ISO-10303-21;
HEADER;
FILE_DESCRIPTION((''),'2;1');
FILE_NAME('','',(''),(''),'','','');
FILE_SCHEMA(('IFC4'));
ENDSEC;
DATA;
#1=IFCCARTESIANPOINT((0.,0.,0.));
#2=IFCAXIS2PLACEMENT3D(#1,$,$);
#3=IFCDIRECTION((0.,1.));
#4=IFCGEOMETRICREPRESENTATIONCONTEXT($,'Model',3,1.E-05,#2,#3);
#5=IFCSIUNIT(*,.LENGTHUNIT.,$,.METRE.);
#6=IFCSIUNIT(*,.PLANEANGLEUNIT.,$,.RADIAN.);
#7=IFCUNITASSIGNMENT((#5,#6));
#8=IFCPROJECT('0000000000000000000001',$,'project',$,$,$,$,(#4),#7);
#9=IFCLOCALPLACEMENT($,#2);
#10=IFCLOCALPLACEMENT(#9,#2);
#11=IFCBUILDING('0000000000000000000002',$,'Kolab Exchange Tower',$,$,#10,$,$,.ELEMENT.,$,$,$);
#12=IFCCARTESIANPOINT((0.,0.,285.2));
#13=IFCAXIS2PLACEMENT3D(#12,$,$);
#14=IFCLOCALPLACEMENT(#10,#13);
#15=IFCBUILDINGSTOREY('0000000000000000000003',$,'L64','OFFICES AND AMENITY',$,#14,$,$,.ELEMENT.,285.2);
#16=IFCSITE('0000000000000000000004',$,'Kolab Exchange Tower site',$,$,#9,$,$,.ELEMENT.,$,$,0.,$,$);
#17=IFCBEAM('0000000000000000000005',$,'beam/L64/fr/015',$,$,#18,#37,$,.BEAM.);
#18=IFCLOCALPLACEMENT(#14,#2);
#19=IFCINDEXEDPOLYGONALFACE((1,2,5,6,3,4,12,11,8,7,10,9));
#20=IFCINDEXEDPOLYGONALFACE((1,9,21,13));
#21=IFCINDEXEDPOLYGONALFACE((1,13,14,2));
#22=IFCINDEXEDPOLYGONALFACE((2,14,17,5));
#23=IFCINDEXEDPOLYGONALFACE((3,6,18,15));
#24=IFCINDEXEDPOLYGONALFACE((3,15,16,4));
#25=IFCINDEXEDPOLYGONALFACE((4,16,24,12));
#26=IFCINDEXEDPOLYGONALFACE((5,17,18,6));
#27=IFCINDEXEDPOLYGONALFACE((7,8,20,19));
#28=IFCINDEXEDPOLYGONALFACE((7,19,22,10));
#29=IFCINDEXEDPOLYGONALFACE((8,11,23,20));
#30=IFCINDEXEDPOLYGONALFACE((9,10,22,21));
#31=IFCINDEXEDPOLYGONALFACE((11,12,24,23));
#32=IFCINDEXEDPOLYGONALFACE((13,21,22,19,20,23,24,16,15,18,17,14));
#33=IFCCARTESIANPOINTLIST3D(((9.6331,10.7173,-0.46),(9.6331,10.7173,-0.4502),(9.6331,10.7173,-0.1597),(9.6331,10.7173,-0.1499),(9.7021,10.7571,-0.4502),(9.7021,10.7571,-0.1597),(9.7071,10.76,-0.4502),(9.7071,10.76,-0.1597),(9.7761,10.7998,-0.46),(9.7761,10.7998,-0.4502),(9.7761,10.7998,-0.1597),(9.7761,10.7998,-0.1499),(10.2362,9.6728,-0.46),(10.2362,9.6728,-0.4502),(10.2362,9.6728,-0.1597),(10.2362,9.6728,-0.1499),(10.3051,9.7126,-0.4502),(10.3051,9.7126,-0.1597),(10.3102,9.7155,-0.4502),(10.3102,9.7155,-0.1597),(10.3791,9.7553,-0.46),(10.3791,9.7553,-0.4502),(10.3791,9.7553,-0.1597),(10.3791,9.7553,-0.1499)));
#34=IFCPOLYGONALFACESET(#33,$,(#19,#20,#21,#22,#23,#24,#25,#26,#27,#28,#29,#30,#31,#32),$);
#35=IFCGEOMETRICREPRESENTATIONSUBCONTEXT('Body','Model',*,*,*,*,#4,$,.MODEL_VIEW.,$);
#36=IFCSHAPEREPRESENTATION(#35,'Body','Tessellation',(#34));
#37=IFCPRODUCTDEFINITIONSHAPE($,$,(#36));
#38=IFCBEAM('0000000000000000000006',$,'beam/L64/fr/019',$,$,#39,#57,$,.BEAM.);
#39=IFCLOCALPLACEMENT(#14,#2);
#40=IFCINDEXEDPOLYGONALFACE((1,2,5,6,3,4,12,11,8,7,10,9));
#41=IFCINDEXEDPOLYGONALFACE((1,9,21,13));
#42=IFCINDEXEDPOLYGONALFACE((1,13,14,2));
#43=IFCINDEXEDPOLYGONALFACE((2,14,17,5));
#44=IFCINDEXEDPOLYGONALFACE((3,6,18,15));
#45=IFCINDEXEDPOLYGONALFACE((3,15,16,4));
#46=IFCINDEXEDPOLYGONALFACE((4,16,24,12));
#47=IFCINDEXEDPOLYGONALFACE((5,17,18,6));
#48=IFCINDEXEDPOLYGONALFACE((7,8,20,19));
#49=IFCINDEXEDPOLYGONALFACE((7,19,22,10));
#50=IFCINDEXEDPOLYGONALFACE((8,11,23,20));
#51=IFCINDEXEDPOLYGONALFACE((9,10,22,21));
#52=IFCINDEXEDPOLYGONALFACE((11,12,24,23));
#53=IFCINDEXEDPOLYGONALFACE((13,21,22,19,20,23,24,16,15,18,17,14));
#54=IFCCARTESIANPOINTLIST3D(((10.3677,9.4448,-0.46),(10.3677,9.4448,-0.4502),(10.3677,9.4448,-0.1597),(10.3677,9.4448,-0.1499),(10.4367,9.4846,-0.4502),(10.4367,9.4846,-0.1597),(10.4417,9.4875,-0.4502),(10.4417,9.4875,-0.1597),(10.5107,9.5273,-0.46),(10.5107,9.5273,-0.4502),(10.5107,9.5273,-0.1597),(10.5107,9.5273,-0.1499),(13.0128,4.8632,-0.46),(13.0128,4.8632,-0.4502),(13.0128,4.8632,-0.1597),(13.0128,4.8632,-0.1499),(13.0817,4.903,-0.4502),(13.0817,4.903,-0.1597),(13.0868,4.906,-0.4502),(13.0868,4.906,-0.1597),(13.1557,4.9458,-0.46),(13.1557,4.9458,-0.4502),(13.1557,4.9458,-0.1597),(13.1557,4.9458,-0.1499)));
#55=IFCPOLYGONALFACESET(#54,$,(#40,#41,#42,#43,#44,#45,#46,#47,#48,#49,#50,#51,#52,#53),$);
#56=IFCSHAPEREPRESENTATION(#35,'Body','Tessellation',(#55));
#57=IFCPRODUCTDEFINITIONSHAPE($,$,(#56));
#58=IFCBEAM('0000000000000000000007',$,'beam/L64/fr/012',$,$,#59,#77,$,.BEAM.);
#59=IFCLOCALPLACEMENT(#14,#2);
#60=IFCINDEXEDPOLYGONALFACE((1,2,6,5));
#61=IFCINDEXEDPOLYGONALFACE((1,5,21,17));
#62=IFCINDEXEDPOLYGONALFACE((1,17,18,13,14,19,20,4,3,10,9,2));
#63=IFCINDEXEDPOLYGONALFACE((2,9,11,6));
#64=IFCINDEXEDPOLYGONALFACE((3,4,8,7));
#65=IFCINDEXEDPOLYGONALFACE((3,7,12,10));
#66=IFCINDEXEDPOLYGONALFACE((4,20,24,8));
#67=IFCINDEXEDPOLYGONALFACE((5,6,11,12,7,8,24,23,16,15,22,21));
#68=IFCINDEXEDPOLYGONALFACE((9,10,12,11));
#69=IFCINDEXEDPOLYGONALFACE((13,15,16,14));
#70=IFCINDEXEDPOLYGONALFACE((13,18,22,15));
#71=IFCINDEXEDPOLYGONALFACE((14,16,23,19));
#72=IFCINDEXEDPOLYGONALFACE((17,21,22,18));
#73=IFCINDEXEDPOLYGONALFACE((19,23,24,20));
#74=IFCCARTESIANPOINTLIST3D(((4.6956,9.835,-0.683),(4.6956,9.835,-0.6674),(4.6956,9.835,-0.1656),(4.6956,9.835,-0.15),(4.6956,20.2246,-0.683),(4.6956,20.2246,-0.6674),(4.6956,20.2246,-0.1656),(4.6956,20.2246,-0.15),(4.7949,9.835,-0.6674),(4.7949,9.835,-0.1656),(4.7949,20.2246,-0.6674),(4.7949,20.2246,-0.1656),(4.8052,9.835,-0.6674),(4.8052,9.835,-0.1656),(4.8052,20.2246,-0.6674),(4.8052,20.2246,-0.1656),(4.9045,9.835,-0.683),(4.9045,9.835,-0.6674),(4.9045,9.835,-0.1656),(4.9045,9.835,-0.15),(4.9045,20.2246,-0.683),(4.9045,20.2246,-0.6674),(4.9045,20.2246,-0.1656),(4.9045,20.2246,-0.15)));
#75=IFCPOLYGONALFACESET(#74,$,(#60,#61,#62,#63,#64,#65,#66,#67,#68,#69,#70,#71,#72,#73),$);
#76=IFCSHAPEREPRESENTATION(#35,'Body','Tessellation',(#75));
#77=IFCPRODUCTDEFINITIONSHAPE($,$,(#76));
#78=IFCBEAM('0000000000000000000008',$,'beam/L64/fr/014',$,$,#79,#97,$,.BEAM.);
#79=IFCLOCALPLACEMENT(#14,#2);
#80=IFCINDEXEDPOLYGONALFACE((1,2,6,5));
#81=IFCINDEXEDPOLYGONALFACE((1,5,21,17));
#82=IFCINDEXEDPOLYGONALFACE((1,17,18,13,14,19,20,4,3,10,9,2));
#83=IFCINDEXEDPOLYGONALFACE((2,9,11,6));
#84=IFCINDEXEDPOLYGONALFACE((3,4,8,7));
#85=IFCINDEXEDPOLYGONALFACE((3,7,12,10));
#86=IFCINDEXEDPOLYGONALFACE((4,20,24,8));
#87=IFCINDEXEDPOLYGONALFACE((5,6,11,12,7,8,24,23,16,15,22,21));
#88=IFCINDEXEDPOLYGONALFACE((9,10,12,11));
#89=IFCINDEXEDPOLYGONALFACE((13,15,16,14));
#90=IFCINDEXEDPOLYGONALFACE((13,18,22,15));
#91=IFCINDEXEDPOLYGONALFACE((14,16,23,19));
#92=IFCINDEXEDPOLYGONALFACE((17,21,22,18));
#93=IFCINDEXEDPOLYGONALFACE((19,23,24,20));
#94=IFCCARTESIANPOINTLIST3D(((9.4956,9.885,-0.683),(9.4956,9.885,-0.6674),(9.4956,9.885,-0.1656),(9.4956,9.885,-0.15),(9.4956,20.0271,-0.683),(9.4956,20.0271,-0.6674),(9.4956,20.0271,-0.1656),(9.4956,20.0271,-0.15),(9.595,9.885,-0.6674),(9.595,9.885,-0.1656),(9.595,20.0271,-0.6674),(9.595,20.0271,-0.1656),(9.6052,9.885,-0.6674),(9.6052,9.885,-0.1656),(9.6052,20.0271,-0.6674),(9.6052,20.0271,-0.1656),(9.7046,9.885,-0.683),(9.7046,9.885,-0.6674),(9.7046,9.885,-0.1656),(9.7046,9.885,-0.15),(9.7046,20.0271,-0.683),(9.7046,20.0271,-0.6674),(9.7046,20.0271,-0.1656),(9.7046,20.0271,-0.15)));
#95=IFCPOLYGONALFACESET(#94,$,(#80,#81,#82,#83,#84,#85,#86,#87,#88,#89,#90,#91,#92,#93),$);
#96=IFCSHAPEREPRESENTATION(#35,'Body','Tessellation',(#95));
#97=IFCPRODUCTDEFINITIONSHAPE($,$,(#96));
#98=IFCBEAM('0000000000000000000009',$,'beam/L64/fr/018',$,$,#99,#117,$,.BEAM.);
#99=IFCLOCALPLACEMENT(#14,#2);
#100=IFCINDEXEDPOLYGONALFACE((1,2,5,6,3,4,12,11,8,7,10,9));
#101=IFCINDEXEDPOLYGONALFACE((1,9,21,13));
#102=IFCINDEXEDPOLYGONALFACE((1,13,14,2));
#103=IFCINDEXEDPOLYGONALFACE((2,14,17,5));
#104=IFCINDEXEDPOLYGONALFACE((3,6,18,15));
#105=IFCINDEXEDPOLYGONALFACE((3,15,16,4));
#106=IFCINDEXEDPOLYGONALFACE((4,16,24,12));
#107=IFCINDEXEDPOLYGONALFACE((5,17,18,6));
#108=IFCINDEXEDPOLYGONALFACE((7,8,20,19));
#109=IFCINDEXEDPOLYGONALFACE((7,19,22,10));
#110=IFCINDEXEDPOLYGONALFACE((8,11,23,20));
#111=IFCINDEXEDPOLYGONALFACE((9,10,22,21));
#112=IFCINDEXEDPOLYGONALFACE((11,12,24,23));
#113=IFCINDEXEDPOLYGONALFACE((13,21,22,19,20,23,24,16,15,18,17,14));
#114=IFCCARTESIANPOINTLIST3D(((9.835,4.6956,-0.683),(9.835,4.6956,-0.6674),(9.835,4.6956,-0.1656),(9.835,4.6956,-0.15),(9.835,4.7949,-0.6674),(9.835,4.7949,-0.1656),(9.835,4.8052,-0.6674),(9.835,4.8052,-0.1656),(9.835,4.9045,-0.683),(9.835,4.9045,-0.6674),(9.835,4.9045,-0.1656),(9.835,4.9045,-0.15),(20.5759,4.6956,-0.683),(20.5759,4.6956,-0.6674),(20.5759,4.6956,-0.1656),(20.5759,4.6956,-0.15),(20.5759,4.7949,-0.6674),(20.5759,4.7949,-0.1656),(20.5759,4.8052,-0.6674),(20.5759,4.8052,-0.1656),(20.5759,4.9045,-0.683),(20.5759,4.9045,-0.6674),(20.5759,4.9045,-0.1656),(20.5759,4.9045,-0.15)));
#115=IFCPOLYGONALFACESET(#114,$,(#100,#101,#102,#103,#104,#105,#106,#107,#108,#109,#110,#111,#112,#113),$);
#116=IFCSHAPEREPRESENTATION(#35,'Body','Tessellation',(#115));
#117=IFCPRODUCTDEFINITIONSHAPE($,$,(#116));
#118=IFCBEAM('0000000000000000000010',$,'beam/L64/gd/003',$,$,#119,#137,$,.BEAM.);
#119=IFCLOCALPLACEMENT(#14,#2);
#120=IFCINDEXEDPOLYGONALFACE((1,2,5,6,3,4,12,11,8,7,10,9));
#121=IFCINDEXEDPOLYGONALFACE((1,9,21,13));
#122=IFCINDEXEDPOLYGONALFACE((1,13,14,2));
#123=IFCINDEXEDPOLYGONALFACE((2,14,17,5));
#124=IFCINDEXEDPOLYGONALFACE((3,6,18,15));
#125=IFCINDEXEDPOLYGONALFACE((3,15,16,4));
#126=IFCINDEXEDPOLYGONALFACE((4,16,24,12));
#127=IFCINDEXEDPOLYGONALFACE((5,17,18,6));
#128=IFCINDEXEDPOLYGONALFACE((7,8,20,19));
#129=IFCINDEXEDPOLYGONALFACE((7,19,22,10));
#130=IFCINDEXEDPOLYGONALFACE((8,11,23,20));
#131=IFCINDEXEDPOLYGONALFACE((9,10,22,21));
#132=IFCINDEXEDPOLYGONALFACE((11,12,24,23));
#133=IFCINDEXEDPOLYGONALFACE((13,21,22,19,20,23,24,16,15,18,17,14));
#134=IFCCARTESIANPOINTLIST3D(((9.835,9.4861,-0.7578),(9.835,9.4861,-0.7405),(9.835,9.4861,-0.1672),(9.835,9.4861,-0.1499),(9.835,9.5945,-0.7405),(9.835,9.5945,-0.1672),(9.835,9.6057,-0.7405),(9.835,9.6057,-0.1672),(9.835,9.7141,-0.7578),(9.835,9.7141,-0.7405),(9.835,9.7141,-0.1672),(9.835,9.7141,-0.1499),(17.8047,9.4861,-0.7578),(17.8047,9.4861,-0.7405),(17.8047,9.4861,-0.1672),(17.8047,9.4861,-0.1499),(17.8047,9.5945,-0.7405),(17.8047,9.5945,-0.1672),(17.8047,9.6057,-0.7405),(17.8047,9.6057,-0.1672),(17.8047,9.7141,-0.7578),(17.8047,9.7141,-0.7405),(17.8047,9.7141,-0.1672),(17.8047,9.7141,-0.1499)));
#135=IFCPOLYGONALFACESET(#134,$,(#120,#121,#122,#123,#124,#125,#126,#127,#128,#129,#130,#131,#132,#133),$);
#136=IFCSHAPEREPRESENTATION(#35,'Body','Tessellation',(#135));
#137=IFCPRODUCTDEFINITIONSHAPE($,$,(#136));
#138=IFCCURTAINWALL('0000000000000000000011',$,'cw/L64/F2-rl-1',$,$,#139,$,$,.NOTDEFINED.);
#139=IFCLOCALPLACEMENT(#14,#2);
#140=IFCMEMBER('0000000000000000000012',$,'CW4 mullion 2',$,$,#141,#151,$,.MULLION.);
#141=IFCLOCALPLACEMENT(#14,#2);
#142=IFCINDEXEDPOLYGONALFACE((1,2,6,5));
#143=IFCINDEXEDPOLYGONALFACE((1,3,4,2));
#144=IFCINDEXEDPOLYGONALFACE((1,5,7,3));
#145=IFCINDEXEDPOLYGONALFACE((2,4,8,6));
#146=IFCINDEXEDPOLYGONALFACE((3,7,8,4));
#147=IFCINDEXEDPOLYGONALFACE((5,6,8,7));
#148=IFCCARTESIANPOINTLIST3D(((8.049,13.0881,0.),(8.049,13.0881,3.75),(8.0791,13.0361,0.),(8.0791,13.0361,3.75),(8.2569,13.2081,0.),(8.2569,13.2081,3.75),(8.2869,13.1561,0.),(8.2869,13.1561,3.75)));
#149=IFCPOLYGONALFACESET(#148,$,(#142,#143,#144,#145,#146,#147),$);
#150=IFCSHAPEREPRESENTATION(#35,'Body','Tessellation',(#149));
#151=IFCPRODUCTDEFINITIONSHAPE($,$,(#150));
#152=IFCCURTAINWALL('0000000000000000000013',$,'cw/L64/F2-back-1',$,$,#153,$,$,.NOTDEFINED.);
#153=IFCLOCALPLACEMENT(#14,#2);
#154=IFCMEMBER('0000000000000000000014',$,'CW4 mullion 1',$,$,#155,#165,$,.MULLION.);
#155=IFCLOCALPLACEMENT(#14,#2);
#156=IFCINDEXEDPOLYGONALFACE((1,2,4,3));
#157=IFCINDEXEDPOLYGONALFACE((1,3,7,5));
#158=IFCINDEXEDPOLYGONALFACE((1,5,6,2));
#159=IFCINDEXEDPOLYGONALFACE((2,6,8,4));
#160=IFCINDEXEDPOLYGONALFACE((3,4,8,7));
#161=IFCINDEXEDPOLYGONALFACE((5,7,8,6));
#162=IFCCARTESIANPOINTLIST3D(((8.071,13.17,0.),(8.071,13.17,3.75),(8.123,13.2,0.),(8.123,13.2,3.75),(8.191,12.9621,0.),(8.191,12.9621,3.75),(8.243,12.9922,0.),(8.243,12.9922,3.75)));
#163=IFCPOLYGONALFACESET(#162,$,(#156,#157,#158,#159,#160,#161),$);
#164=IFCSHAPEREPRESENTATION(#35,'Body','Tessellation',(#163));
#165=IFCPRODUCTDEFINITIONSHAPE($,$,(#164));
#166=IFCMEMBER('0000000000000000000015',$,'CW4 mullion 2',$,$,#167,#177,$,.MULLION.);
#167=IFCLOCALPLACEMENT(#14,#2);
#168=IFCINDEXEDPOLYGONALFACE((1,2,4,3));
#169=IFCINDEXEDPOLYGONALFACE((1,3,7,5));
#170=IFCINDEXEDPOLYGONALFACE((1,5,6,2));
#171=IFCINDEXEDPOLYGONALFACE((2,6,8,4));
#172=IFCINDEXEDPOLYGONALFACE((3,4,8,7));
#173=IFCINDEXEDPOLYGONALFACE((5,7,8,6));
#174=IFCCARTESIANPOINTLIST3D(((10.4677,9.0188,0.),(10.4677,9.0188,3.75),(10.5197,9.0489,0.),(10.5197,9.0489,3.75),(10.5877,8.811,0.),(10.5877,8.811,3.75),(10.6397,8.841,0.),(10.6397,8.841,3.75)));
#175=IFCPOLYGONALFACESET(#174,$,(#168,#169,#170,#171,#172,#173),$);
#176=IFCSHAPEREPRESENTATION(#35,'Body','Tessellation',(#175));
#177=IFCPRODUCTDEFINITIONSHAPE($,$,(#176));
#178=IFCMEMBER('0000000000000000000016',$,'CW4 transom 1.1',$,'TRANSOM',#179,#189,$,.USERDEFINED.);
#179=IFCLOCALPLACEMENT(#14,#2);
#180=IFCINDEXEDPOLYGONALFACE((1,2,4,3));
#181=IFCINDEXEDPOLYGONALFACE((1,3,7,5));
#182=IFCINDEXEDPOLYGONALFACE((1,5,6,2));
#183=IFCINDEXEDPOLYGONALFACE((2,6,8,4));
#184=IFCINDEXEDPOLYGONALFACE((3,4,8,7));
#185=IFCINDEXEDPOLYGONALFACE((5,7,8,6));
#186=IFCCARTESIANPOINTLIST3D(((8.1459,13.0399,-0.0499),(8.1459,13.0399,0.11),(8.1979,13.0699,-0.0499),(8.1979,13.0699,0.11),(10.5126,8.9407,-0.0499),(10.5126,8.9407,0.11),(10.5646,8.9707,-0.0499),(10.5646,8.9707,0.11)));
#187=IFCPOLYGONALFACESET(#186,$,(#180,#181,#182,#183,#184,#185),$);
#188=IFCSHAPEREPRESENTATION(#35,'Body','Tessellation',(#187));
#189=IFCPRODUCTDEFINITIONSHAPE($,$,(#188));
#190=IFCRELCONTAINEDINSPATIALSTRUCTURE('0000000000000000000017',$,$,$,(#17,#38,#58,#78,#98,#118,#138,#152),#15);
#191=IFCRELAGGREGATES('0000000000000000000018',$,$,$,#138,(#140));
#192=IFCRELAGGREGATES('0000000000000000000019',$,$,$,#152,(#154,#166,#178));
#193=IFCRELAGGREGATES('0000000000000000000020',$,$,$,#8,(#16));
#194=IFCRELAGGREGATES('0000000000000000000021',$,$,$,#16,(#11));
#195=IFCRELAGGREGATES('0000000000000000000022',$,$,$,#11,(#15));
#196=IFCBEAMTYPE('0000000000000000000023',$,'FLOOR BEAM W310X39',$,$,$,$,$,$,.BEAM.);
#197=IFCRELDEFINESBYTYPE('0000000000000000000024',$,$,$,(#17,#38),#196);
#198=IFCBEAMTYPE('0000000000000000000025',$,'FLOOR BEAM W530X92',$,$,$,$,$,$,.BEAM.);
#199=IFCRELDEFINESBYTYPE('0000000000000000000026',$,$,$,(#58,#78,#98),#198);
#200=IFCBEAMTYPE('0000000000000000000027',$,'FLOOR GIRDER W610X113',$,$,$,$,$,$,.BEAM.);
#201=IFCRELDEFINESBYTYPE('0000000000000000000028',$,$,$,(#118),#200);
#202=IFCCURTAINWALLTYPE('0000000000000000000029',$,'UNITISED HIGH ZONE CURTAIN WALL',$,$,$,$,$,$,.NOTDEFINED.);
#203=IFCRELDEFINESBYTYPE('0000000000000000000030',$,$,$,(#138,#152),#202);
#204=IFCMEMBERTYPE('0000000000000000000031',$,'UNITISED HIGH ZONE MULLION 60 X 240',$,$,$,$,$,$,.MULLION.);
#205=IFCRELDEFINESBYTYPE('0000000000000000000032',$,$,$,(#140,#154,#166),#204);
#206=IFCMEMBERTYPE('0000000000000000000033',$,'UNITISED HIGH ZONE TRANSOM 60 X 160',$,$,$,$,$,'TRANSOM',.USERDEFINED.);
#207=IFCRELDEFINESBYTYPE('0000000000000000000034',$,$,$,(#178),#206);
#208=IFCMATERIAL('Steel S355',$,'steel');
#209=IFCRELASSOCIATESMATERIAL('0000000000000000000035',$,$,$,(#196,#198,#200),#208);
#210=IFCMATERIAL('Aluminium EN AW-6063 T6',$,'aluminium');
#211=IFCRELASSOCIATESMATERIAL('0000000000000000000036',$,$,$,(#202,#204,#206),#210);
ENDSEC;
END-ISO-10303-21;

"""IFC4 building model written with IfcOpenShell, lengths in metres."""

from ifc_helpers import new_model, si_unit, direction, frame, origin, origin_2d, place, context, subcontext, project, spatial, rectangle, i_section, extrude, material, material_profile, profile_set, type_object, element, aggregate, save


model = new_model("IFC4")

# Units and contexts
model_context = context("Model", 3, precision=1e-05, world=origin(), true_north=direction((0.0, 1.0)))
body_context = subcontext(model_context, "Body", "Model", "MODEL_VIEW")
ifc_project = project(units=[si_unit("LENGTHUNIT", "METRE"), si_unit("PLANEANGLEUNIT", "RADIAN")], contexts=[model_context])

# Site, building, storey
site_placement = place(None, origin())
site = spatial("IfcSite", under=ifc_project, at=site_placement, Name="Kolab Exchange Tower site", CompositionType="ELEMENT", RefElevation=0.0)
building_placement = place(site_placement, origin())
building = spatial("IfcBuilding", under=site, at=building_placement, Name="Kolab Exchange Tower", CompositionType="ELEMENT")
storey_placement = place(building_placement, frame((0.0, 0.0, 285.2)))
storey = spatial("IfcBuildingStorey", under=building, at=storey_placement, Name="L64", Description="OFFICES AND AMENITY", CompositionType="ELEMENT", Elevation=285.2)

# Beams
ifc_material_1 = material(Name="Steel S355", Category="steel")
ifc_material_profile_1 = material_profile(ifc_material_1, i_section(OverallWidth=0.165, OverallDepth=0.3101, WebThickness=0.0059, FlangeThickness=0.0098, at=origin_2d()), Name="W310X39")
ifc_profile_set_1 = profile_set([ifc_material_profile_1], Name="Steel S355")
beam_type_1 = type_object("IfcBeamType", Name="FLOOR BEAM W310X39", PredefinedType="BEAM", material=ifc_profile_set_1)
beam_1_placement = place(storey_placement, frame((9.7046, 10.7585, -0.3049), z_axis=(0.500015, -0.866017, 0.0), x_axis=(0.866017, 0.500015, 0.0)))
element("IfcBeam", 1, at=beam_1_placement, inside=storey, type_object=beam_type_1, Name="beam/L64/fr/015", PredefinedType="BEAM", context=body_context, shape_type="SweptSolid", body=[
    extrude(i_section(OverallWidth=0.165, OverallDepth=0.3101, WebThickness=0.0059, FlangeThickness=0.0098, at=origin_2d()), origin(), (0.0, 0.0, 1.0), 1.2061),
])
beam_2_placement = place(storey_placement, frame((10.4392, 9.4861, -0.3049), z_axis=(0.499981, -0.866036, 0.0), x_axis=(0.866036, 0.499981, 0.0)))
element("IfcBeam", 2, at=beam_2_placement, inside=storey, type_object=beam_type_1, Name="beam/L64/fr/019", PredefinedType="BEAM", context=body_context, shape_type="SweptSolid", body=[
    extrude(i_section(OverallWidth=0.165, OverallDepth=0.3101, WebThickness=0.0059, FlangeThickness=0.0098, at=origin_2d()), origin(), (0.0, 0.0, 1.0), 5.2903),
])
ifc_material_profile_2 = material_profile(ifc_material_1, i_section(OverallWidth=0.209, OverallDepth=0.533, WebThickness=0.0103, FlangeThickness=0.0156, at=origin_2d()), Name="W530X92")
ifc_profile_set_2 = profile_set([ifc_material_profile_2], Name="Steel S355")
beam_type_2 = type_object("IfcBeamType", Name="FLOOR BEAM W530X92", PredefinedType="BEAM", material=ifc_profile_set_2)
beam_3_placement = place(storey_placement, frame((4.8, 9.835, -0.4165), z_axis=(0.0, 1.0, 0.0), x_axis=(-1.0, 0.0, 0.0)))
element("IfcBeam", 3, at=beam_3_placement, inside=storey, type_object=beam_type_2, Name="beam/L64/fr/012", PredefinedType="BEAM", context=body_context, shape_type="SweptSolid", body=[
    extrude(i_section(OverallWidth=0.209, OverallDepth=0.533, WebThickness=0.0103, FlangeThickness=0.0156, at=origin_2d()), origin(), (0.0, 0.0, 1.0), 10.3896),
])
beam_4_placement = place(storey_placement, frame((9.6001, 9.885, -0.4165), z_axis=(0.0, 1.0, 0.0), x_axis=(-1.0, 0.0, 0.0)))
element("IfcBeam", 4, at=beam_4_placement, inside=storey, type_object=beam_type_2, Name="beam/L64/fr/014", PredefinedType="BEAM", context=body_context, shape_type="SweptSolid", body=[
    extrude(i_section(OverallWidth=0.209, OverallDepth=0.533, WebThickness=0.0103, FlangeThickness=0.0156, at=origin_2d()), origin(), (0.0, 0.0, 1.0), 10.1421),
])
beam_5_placement = place(storey_placement, frame((9.835, 4.8, -0.4165), z_axis=(1.0, 0.0, 0.0), x_axis=(0.0, 1.0, 0.0)))
element("IfcBeam", 5, at=beam_5_placement, inside=storey, type_object=beam_type_2, Name="beam/L64/fr/018", PredefinedType="BEAM", context=body_context, shape_type="SweptSolid", body=[
    extrude(i_section(OverallWidth=0.209, OverallDepth=0.533, WebThickness=0.0103, FlangeThickness=0.0156, at=origin_2d()), origin(), (0.0, 0.0, 1.0), 10.741),
])
ifc_material_profile_3 = material_profile(ifc_material_1, i_section(OverallWidth=0.228, OverallDepth=0.6079, WebThickness=0.0112, FlangeThickness=0.0173, at=origin_2d()), Name="W610X113")
ifc_profile_set_3 = profile_set([ifc_material_profile_3], Name="Steel S355")
beam_type_3 = type_object("IfcBeamType", Name="FLOOR GIRDER W610X113", PredefinedType="BEAM", material=ifc_profile_set_3)
beam_6_placement = place(storey_placement, frame((9.835, 9.6001, -0.4539), z_axis=(1.0, 0.0, 0.0), x_axis=(0.0, 1.0, 0.0)))
element("IfcBeam", 6, at=beam_6_placement, inside=storey, type_object=beam_type_3, Name="beam/L64/gd/003", PredefinedType="BEAM", context=body_context, shape_type="SweptSolid", body=[
    extrude(i_section(OverallWidth=0.228, OverallDepth=0.6079, WebThickness=0.0112, FlangeThickness=0.0173, at=origin_2d()), origin(), (0.0, 0.0, 1.0), 7.9697),
])

# Curtain wall, member
ifc_material_2 = material(Name="Aluminium EN AW-6063 T6", Category="aluminium")
curtain_wall_type = type_object("IfcCurtainWallType", Name="UNITISED HIGH ZONE CURTAIN WALL", PredefinedType="NOTDEFINED", material=ifc_material_2)
curtain_wall_1_placement = place(storey_placement, origin())
curtain_wall_1 = element("IfcCurtainWall", 7, at=curtain_wall_1_placement, inside=storey, type_object=curtain_wall_type, Name="cw/L64/F2-rl-1", PredefinedType="NOTDEFINED")
ifc_material_profile_4 = material_profile(ifc_material_2, rectangle(XDim=0.0601, YDim=0.24, at=origin_2d()), Name="RECT 60X240")
ifc_profile_set_4 = profile_set([ifc_material_profile_4], Name="Aluminium EN AW-6063 T6")
member_type_1 = type_object("IfcMemberType", Name="UNITISED HIGH ZONE MULLION 60 X 240", PredefinedType="MULLION", material=ifc_profile_set_4)
member_1_placement = place(storey_placement, frame((8.168, 13.1221, 0.0), z_axis=(0.0, 0.0, 1.0), x_axis=(0.5, -0.866025, 0.0)))
member_1 = element("IfcMember", 8, at=member_1_placement, type_object=member_type_1, Name="CW4 mullion 2", PredefinedType="MULLION", context=body_context, shape_type="SweptSolid", body=[
    extrude(rectangle(XDim=0.0601, YDim=0.24, at=origin_2d()), origin(), (0.0, 0.0, 1.0), 3.75),
])
aggregate(curtain_wall_1, [member_1])

# Curtain wall, members
curtain_wall_2_placement = place(storey_placement, origin())
curtain_wall_2 = element("IfcCurtainWall", 9, at=curtain_wall_2_placement, inside=storey, type_object=curtain_wall_type, Name="cw/L64/F2-back-1", PredefinedType="NOTDEFINED")
member_2_placement = place(storey_placement, frame((8.157, 13.0811, 0.0), z_axis=(0.0, 0.0, 1.0), x_axis=(0.866025, 0.5, 0.0)))
member_2 = element("IfcMember", 10, at=member_2_placement, type_object=member_type_1, Name="CW4 mullion 1", PredefinedType="MULLION", context=body_context, shape_type="SweptSolid", body=[
    extrude(rectangle(XDim=0.0601, YDim=0.24, at=origin_2d()), origin(), (0.0, 0.0, 1.0), 3.75),
])
member_3_placement = place(storey_placement, frame((10.5537, 8.9299, 0.0), z_axis=(0.0, 0.0, 1.0), x_axis=(0.866025, 0.5, 0.0)))
member_3 = element("IfcMember", 11, at=member_3_placement, type_object=member_type_1, Name="CW4 mullion 2", PredefinedType="MULLION", context=body_context, shape_type="SweptSolid", body=[
    extrude(rectangle(XDim=0.0601, YDim=0.24, at=origin_2d()), origin(), (0.0, 0.0, 1.0), 3.75),
])
ifc_material_profile_5 = material_profile(ifc_material_2, rectangle(XDim=0.0601, YDim=0.1599, at=origin_2d()), Name="RECT 60X160")
ifc_profile_set_5 = profile_set([ifc_material_profile_5], Name="Aluminium EN AW-6063 T6")
member_type_2 = type_object("IfcMemberType", Name="UNITISED HIGH ZONE TRANSOM 60 X 160", ElementType="TRANSOM", PredefinedType="USERDEFINED", material=ifc_profile_set_5)
member_4_placement = place(storey_placement, frame((8.1719, 13.0549, 0.03), z_axis=(0.500011, -0.866019, 0.0), x_axis=(0.866019, 0.500011, 0.0)))
member_4 = element("IfcMember", 12, at=member_4_placement, type_object=member_type_2, Name="CW4 transom 1.1", ObjectType="TRANSOM", PredefinedType="USERDEFINED", context=body_context, shape_type="SweptSolid", body=[
    extrude(rectangle(XDim=0.0601, YDim=0.1599, at=origin_2d()), origin(), (0.0, 0.0, 1.0), 4.7334),
])
aggregate(curtain_wall_2, [member_2, member_3, member_4])

save(model, "model.ifc")
